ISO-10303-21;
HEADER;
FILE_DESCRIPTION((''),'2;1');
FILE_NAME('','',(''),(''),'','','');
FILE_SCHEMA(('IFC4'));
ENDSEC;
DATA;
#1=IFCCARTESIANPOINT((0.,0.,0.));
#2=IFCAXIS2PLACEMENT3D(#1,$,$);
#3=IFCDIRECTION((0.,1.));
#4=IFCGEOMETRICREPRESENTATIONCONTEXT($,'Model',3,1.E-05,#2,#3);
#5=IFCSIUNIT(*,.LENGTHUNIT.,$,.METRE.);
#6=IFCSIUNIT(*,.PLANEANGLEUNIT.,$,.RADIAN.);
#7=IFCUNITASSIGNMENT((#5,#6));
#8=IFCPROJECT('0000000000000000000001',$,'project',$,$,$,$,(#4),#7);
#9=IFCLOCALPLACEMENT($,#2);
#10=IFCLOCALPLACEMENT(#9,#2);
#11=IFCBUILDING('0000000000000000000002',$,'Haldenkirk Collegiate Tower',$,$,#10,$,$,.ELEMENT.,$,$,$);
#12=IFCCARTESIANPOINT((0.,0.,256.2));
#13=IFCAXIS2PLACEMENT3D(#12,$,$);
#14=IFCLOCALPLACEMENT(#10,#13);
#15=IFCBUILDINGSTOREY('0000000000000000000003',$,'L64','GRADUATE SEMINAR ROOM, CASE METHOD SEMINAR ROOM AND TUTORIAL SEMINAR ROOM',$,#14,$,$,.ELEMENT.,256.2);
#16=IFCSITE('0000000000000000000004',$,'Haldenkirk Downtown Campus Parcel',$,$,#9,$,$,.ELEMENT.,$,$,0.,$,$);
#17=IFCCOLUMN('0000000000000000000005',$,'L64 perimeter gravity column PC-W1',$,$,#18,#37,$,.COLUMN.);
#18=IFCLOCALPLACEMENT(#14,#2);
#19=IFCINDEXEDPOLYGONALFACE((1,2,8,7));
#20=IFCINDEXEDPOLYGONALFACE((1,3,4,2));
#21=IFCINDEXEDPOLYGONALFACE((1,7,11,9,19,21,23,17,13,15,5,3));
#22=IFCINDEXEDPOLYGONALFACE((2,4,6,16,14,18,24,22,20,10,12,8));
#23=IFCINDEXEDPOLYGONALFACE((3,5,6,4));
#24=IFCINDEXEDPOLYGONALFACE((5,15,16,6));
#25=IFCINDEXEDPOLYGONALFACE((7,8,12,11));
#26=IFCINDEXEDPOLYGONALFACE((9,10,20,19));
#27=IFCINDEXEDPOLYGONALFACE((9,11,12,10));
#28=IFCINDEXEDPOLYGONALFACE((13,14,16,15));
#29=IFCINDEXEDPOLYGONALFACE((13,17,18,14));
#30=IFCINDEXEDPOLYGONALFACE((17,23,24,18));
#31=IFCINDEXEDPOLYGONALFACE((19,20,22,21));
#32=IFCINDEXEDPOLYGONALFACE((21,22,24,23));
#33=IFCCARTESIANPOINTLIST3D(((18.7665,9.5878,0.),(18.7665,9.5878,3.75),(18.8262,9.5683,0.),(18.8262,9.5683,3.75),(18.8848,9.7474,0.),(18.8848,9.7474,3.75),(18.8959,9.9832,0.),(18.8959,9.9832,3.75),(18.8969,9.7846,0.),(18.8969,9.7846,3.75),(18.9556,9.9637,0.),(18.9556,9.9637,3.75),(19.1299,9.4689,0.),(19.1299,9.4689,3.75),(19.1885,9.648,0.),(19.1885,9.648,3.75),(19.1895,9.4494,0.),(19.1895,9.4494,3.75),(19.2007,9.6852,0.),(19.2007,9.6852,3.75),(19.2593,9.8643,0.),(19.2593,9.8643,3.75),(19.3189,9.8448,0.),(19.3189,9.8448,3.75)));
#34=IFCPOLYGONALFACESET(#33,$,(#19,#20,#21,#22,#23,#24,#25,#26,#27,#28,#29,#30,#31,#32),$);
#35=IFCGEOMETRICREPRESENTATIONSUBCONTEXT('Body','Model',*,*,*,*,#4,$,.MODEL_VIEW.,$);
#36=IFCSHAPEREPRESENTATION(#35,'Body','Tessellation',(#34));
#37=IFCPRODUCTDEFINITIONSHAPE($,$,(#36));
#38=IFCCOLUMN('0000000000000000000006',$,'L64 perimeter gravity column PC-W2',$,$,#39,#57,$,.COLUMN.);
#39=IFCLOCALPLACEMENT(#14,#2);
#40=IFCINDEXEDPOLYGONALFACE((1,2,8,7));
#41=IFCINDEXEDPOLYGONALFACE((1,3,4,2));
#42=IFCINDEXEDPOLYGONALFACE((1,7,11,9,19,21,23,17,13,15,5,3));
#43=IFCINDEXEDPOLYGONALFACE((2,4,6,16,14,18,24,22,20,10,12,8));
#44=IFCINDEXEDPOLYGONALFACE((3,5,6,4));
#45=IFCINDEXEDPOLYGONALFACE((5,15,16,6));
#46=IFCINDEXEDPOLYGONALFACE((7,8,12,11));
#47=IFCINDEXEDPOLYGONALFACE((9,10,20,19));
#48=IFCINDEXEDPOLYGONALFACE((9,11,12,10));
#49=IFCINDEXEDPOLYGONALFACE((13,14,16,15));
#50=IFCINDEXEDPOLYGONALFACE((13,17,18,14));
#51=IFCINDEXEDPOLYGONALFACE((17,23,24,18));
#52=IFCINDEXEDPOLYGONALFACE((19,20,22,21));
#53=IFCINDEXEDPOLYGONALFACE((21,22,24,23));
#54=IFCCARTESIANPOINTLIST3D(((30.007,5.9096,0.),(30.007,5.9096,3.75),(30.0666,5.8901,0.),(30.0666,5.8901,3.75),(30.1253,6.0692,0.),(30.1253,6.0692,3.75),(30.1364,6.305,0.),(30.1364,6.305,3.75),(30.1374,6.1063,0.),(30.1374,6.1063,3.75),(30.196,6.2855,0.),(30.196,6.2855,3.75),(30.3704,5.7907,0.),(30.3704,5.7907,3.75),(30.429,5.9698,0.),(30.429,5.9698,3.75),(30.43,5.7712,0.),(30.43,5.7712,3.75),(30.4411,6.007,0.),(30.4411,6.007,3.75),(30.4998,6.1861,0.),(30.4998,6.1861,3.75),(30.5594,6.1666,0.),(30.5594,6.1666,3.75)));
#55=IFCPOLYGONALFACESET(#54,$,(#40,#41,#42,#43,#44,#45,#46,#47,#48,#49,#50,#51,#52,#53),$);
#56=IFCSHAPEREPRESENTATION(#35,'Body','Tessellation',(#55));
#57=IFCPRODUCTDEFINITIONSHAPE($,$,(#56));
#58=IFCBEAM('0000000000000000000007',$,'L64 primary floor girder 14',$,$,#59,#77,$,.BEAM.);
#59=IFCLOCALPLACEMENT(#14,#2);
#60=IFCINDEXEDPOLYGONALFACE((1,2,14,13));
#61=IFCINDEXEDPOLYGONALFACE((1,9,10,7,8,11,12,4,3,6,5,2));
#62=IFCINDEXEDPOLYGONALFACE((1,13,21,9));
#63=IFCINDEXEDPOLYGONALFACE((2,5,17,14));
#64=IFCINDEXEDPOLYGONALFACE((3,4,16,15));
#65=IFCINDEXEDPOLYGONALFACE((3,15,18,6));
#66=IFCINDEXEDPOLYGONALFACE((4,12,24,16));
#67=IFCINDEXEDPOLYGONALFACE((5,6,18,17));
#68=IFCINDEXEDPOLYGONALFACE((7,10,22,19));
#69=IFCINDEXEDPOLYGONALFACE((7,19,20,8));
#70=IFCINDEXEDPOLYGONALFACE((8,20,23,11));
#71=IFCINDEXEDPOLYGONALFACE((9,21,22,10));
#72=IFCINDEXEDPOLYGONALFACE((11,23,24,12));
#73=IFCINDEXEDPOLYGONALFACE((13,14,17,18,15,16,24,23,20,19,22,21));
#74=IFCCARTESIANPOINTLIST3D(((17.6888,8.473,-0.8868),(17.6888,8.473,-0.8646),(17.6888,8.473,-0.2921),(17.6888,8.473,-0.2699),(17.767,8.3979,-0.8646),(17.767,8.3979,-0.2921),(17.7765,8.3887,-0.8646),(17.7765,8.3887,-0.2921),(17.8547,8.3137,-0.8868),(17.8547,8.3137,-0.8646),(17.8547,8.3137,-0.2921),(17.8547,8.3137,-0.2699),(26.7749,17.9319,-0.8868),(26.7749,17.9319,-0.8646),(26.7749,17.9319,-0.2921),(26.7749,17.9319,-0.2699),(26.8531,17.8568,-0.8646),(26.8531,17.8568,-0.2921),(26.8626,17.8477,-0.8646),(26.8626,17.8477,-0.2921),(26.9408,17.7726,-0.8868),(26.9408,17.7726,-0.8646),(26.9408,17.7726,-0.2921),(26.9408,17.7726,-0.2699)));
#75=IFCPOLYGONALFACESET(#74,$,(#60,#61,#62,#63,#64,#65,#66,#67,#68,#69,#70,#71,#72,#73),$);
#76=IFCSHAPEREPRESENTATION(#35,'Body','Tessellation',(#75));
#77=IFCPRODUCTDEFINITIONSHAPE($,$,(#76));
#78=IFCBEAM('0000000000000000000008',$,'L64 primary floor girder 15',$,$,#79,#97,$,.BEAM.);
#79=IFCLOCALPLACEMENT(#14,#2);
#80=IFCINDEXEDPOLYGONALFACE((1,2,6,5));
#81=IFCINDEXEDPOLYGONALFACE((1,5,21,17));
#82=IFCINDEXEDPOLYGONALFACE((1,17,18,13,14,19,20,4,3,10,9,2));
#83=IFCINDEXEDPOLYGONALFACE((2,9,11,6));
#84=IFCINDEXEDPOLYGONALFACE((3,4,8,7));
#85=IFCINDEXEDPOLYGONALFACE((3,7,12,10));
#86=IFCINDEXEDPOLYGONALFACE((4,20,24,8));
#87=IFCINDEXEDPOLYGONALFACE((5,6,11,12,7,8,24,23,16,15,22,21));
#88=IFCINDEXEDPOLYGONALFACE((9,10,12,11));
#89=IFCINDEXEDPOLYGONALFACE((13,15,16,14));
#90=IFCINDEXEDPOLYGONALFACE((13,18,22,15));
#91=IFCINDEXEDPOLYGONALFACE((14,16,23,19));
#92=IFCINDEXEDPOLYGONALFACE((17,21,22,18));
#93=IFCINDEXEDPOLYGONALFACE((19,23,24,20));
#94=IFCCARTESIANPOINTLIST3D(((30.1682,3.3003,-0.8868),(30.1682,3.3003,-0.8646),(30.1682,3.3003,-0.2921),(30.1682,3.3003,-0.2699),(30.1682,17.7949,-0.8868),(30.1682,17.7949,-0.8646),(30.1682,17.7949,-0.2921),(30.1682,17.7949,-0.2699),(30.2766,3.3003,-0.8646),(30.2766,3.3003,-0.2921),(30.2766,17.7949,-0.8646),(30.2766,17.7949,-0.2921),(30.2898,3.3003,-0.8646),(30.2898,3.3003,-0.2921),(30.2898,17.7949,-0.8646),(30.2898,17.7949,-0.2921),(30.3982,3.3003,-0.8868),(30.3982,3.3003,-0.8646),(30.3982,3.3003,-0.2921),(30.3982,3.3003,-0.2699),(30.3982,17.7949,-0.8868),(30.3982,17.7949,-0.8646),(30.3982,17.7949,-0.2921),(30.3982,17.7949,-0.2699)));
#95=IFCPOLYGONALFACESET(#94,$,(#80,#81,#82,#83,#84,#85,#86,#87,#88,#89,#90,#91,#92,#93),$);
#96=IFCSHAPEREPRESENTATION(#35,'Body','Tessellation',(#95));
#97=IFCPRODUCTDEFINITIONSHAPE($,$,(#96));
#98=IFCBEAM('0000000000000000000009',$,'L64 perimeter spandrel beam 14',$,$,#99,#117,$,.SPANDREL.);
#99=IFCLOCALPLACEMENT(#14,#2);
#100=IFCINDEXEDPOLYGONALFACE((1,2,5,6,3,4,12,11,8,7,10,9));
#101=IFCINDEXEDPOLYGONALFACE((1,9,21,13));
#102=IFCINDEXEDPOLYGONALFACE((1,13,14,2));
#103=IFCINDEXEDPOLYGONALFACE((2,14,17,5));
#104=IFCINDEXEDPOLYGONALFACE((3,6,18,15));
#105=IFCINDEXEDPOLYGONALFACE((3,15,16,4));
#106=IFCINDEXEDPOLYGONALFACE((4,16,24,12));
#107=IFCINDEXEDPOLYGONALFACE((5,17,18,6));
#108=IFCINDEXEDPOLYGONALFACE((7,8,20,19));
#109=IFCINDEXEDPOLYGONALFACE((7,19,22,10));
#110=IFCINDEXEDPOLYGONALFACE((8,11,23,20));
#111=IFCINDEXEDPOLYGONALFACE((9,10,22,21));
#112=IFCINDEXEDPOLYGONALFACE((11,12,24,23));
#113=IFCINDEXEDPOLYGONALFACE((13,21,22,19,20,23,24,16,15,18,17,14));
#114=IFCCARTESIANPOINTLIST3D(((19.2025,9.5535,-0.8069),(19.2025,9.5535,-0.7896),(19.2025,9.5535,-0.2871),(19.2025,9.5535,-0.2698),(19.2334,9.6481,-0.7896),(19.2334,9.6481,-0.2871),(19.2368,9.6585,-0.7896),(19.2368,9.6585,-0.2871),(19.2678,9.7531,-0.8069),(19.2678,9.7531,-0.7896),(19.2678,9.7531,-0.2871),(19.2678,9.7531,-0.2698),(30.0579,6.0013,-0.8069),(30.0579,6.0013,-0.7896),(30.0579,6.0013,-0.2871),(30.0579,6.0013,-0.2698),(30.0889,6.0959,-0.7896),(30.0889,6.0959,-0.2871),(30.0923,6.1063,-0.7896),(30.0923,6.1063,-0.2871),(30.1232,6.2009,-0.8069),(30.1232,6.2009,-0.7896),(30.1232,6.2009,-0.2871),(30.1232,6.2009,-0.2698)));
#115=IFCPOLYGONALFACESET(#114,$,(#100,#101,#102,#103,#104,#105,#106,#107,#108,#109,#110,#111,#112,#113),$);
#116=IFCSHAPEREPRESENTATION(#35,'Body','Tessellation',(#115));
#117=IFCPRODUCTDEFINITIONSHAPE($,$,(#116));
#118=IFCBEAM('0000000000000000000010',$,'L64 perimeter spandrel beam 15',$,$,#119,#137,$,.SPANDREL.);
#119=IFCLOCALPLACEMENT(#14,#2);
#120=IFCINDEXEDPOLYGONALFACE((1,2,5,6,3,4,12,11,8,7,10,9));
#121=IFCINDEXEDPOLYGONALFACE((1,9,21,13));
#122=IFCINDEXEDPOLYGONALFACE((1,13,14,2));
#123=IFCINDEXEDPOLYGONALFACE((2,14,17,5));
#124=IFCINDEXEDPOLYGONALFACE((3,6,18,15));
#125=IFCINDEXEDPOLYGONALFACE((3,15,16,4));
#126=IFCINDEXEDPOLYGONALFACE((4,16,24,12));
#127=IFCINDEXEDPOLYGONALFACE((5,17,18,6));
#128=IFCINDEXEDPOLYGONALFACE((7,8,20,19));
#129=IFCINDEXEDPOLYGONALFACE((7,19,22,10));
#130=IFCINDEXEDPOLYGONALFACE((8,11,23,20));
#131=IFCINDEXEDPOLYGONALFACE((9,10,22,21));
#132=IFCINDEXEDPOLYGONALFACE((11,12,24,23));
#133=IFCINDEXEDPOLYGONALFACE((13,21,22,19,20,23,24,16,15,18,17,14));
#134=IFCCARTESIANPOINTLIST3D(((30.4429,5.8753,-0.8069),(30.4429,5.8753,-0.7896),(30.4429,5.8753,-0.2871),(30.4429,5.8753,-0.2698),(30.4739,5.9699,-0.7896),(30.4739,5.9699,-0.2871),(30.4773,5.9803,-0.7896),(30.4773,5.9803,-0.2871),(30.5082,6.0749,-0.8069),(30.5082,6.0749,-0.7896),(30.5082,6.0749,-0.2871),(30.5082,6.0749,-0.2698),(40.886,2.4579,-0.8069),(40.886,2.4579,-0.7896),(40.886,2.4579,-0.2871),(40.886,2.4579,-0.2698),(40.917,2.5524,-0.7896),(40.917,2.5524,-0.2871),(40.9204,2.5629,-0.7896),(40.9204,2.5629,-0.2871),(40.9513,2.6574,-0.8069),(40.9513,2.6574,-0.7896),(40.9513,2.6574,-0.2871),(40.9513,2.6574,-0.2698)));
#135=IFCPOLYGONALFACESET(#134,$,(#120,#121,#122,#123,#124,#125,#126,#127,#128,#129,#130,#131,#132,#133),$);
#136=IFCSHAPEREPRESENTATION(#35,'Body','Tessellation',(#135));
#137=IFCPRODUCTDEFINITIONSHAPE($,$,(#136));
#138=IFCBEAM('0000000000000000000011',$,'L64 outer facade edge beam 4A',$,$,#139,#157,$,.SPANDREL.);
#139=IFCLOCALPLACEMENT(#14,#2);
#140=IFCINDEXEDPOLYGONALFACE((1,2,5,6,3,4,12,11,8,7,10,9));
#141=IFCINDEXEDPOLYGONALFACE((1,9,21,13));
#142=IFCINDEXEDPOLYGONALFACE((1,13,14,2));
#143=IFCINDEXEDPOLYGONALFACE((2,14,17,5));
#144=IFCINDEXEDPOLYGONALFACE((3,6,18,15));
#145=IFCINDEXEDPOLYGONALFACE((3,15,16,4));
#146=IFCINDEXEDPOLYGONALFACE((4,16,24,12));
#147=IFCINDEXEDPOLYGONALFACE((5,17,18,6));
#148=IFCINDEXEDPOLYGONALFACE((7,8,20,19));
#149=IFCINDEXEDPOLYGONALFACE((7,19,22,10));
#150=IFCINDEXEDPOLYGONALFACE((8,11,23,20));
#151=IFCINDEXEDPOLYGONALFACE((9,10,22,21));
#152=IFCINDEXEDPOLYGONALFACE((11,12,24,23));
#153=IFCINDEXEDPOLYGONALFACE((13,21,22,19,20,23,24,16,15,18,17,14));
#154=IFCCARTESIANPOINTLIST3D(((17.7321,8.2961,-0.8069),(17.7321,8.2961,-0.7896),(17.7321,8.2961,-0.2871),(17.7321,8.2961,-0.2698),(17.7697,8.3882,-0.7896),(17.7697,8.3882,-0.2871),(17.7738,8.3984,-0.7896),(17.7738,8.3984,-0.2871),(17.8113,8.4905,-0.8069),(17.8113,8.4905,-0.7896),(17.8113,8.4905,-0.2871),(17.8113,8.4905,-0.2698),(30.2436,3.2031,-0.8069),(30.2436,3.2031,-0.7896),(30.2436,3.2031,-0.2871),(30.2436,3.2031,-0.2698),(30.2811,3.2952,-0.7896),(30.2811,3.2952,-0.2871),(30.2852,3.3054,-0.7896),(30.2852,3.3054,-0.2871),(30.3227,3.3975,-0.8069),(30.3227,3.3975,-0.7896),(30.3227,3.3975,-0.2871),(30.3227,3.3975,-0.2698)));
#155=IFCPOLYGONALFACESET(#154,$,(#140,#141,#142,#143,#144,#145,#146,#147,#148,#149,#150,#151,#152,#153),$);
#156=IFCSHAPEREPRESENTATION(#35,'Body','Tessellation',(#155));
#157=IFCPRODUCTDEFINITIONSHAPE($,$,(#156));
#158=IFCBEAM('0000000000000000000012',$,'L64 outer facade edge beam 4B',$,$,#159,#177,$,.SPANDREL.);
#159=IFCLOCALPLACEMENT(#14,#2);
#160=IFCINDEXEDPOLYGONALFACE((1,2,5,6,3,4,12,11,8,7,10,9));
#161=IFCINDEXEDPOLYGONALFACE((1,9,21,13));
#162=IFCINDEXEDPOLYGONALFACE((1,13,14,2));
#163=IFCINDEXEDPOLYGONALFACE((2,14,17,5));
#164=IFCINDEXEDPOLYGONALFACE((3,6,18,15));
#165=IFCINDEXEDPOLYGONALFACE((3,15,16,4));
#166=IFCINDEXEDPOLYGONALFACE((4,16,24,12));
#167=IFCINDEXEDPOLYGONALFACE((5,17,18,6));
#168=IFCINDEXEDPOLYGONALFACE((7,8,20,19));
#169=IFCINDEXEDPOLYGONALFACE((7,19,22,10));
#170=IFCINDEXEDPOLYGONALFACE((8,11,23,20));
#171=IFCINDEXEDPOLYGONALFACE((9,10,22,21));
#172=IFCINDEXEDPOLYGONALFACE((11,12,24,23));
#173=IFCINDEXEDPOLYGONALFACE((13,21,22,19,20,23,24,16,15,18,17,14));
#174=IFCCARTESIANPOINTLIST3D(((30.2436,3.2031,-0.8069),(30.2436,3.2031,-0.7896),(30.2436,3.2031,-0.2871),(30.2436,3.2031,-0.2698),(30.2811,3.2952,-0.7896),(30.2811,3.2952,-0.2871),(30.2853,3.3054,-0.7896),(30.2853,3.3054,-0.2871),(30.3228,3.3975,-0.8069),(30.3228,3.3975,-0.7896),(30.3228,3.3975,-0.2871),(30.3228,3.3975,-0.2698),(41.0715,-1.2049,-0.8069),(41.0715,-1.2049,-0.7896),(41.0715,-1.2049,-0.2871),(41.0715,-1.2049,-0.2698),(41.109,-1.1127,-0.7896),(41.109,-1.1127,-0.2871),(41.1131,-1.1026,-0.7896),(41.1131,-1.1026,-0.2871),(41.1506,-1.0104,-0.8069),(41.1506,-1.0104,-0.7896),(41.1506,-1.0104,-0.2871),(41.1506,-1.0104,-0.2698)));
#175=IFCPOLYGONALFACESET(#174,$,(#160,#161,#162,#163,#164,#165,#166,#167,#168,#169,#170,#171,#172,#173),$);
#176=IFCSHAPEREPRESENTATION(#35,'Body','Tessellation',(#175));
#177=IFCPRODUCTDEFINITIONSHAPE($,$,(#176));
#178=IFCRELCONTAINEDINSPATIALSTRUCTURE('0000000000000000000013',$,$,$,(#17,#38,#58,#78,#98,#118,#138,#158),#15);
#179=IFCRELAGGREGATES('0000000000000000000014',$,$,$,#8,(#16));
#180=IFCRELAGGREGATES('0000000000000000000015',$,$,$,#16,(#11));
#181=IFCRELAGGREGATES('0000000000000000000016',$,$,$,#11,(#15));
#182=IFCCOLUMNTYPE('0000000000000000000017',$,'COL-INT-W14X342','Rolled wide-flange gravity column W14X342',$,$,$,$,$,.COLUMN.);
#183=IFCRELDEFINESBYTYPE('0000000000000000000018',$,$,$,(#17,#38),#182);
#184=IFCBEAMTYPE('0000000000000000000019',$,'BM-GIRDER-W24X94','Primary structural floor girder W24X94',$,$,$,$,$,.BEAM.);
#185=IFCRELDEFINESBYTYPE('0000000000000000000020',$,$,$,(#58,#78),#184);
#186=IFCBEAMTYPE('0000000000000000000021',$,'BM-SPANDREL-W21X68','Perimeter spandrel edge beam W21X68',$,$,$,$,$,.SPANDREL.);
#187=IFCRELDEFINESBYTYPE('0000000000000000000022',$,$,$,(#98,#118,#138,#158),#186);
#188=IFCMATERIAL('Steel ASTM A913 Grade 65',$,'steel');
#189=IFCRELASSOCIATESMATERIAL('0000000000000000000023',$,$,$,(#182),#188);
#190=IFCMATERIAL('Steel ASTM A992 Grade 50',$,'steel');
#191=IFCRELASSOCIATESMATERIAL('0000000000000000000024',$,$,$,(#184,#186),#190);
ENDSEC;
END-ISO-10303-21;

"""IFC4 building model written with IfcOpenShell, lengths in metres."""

from ifc_helpers import new_model, si_unit, direction, frame, origin, origin_2d, place, context, subcontext, project, spatial, i_section, extrude, material, material_profile, profile_set, type_object, element, save


model = new_model("IFC4")

# Units and contexts
model_context = context("Model", 3, precision=1e-05, world=origin(), true_north=direction((0.0, 1.0)))
body_context = subcontext(model_context, "Body", "Model", "MODEL_VIEW")
ifc_project = project(units=[si_unit("LENGTHUNIT", "METRE"), si_unit("PLANEANGLEUNIT", "RADIAN")], contexts=[model_context])

# Site, building, storey
site_placement = place(None, origin())
site = spatial("IfcSite", under=ifc_project, at=site_placement, Name="Haldenkirk Downtown Campus Parcel", CompositionType="ELEMENT", RefElevation=0.0)
building_placement = place(site_placement, origin())
building = spatial("IfcBuilding", under=site, at=building_placement, Name="Haldenkirk Collegiate Tower", CompositionType="ELEMENT")
storey_placement = place(building_placement, frame((0.0, 0.0, 256.2)))
storey = spatial("IfcBuildingStorey", under=building, at=storey_placement, Name="L64", Description="GRADUATE SEMINAR ROOM, CASE METHOD SEMINAR ROOM AND TUTORIAL SEMINAR ROOM", CompositionType="ELEMENT", Elevation=256.2)

# Columns
ifc_material_1 = material(Name="Steel ASTM A913 Grade 65", Category="steel")
ifc_material_profile_1 = material_profile(ifc_material_1, i_section(OverallWidth=0.416, OverallDepth=0.4451, WebThickness=0.0391, FlangeThickness=0.0627, at=origin_2d()), Name="W14X342")
ifc_profile_set_1 = profile_set([ifc_material_profile_1], Name="Steel ASTM A913 Grade 65")
column_type = type_object("IfcColumnType", Name="COL-INT-W14X342", Description="Rolled wide-flange gravity column W14X342", PredefinedType="COLUMN", material=ifc_profile_set_1)
for number, where, z_axis, x_axis, name in (
    (1, (19.0427, 9.7163, 0.0), (0.0, 0.0, 1.0), (0.311008, 0.950407, 0.0), "L64 perimeter gravity column PC-W1"),
    (2, (30.2832, 6.0381, 0.0), (0.0, 0.0, 1.0), (0.311008, 0.950407, 0.0), "L64 perimeter gravity column PC-W2"),
):
    element("IfcColumn", number, at=place(storey_placement, frame(where, z_axis=z_axis, x_axis=x_axis)), inside=storey, type_object=column_type, Name=name, PredefinedType="COLUMN", context=body_context, shape_type="SweptSolid", body=[
        extrude(i_section(OverallWidth=0.416, OverallDepth=0.4451, WebThickness=0.0391, FlangeThickness=0.0627, at=origin_2d()), origin(), (0.0, 0.0, 1.0), 3.75),
    ])

# Beams
ifc_material_2 = material(Name="Steel ASTM A992 Grade 50", Category="steel")
ifc_material_profile_2 = material_profile(ifc_material_2, i_section(OverallWidth=0.23, OverallDepth=0.6169, WebThickness=0.0132, FlangeThickness=0.0222, at=origin_2d()), Name="W24X94")
ifc_profile_set_2 = profile_set([ifc_material_profile_2], Name="Steel ASTM A992 Grade 50")
beam_type_1 = type_object("IfcBeamType", Name="BM-GIRDER-W24X94", Description="Primary structural floor girder W24X94", PredefinedType="BEAM", material=ifc_profile_set_2)
beam_1_placement = place(storey_placement, frame((17.7717, 8.3933, -0.5784), z_axis=(0.692752, 0.721176, 0.0), x_axis=(-0.721176, 0.692752, 0.0)))
element("IfcBeam", 3, at=beam_1_placement, inside=storey, type_object=beam_type_1, Name="L64 primary floor girder 14", PredefinedType="BEAM", context=body_context, shape_type="SweptSolid", body=[
    extrude(i_section(OverallWidth=0.23, OverallDepth=0.6169, WebThickness=0.0132, FlangeThickness=0.0222, at=origin_2d()), origin(), (0.0, 0.0, 1.0), 13.116),
])
beam_2_placement = place(storey_placement, frame((30.2832, 3.3003, -0.5784), z_axis=(0.0, 1.0, 0.0), x_axis=(-1.0, 0.0, 0.0)))
element("IfcBeam", 4, at=beam_2_placement, inside=storey, type_object=beam_type_1, Name="L64 primary floor girder 15", PredefinedType="BEAM", context=body_context, shape_type="SweptSolid", body=[
    extrude(i_section(OverallWidth=0.23, OverallDepth=0.6169, WebThickness=0.0132, FlangeThickness=0.0222, at=origin_2d()), origin(), (0.0, 0.0, 1.0), 14.4946),
])
ifc_material_profile_3 = material_profile(ifc_material_2, i_section(OverallWidth=0.21, OverallDepth=0.5371, WebThickness=0.011, FlangeThickness=0.0173, at=origin_2d()), Name="W21X68")
ifc_profile_set_3 = profile_set([ifc_material_profile_3], Name="Steel ASTM A992 Grade 50")
beam_type_2 = type_object("IfcBeamType", Name="BM-SPANDREL-W21X68", Description="Perimeter spandrel edge beam W21X68", PredefinedType="SPANDREL", material=ifc_profile_set_3)
beam_3_placement = place(storey_placement, frame((19.2351, 9.6533, -0.5383), z_axis=(0.950409, -0.311003, 0.0), x_axis=(0.311003, 0.950409, 0.0)))
element("IfcBeam", 5, at=beam_3_placement, inside=storey, type_object=beam_type_2, Name="L64 perimeter spandrel beam 14", PredefinedType="SPANDREL", context=body_context, shape_type="SweptSolid", body=[
    extrude(i_section(OverallWidth=0.21, OverallDepth=0.5371, WebThickness=0.011, FlangeThickness=0.0173, at=origin_2d()), origin(), (0.0, 0.0, 1.0), 11.4219),
])
beam_4_placement = place(storey_placement, frame((30.4756, 5.9751, -0.5383), z_axis=(0.950404, -0.311017, 0.0), x_axis=(0.311017, 0.950404, 0.0)))
element("IfcBeam", 6, at=beam_4_placement, inside=storey, type_object=beam_type_2, Name="L64 perimeter spandrel beam 15", PredefinedType="SPANDREL", context=body_context, shape_type="SweptSolid", body=[
    extrude(i_section(OverallWidth=0.21, OverallDepth=0.5371, WebThickness=0.011, FlangeThickness=0.0173, at=origin_2d()), origin(), (0.0, 0.0, 1.0), 10.988),
])
beam_5_placement = place(storey_placement, frame((17.7717, 8.3933, -0.5383), z_axis=(0.926202, -0.377027, 0.0), x_axis=(0.377027, 0.926202, 0.0)))
element("IfcBeam", 7, at=beam_5_placement, inside=storey, type_object=beam_type_2, Name="L64 outer facade edge beam 4A", PredefinedType="SPANDREL", context=body_context, shape_type="SweptSolid", body=[
    extrude(i_section(OverallWidth=0.21, OverallDepth=0.5371, WebThickness=0.011, FlangeThickness=0.0173, at=origin_2d()), origin(), (0.0, 0.0, 1.0), 13.5083),
])
beam_6_placement = place(storey_placement, frame((30.2832, 3.3003, -0.5383), z_axis=(0.926194, -0.377047, 0.0), x_axis=(0.377047, 0.926194, 0.0)))
element("IfcBeam", 8, at=beam_6_placement, inside=storey, type_object=beam_type_2, Name="L64 outer facade edge beam 4B", PredefinedType="SPANDREL", context=body_context, shape_type="SweptSolid", body=[
    extrude(i_section(OverallWidth=0.21, OverallDepth=0.5371, WebThickness=0.011, FlangeThickness=0.0173, at=origin_2d()), origin(), (0.0, 0.0, 1.0), 11.6907),
])

save(model, "model.ifc")
